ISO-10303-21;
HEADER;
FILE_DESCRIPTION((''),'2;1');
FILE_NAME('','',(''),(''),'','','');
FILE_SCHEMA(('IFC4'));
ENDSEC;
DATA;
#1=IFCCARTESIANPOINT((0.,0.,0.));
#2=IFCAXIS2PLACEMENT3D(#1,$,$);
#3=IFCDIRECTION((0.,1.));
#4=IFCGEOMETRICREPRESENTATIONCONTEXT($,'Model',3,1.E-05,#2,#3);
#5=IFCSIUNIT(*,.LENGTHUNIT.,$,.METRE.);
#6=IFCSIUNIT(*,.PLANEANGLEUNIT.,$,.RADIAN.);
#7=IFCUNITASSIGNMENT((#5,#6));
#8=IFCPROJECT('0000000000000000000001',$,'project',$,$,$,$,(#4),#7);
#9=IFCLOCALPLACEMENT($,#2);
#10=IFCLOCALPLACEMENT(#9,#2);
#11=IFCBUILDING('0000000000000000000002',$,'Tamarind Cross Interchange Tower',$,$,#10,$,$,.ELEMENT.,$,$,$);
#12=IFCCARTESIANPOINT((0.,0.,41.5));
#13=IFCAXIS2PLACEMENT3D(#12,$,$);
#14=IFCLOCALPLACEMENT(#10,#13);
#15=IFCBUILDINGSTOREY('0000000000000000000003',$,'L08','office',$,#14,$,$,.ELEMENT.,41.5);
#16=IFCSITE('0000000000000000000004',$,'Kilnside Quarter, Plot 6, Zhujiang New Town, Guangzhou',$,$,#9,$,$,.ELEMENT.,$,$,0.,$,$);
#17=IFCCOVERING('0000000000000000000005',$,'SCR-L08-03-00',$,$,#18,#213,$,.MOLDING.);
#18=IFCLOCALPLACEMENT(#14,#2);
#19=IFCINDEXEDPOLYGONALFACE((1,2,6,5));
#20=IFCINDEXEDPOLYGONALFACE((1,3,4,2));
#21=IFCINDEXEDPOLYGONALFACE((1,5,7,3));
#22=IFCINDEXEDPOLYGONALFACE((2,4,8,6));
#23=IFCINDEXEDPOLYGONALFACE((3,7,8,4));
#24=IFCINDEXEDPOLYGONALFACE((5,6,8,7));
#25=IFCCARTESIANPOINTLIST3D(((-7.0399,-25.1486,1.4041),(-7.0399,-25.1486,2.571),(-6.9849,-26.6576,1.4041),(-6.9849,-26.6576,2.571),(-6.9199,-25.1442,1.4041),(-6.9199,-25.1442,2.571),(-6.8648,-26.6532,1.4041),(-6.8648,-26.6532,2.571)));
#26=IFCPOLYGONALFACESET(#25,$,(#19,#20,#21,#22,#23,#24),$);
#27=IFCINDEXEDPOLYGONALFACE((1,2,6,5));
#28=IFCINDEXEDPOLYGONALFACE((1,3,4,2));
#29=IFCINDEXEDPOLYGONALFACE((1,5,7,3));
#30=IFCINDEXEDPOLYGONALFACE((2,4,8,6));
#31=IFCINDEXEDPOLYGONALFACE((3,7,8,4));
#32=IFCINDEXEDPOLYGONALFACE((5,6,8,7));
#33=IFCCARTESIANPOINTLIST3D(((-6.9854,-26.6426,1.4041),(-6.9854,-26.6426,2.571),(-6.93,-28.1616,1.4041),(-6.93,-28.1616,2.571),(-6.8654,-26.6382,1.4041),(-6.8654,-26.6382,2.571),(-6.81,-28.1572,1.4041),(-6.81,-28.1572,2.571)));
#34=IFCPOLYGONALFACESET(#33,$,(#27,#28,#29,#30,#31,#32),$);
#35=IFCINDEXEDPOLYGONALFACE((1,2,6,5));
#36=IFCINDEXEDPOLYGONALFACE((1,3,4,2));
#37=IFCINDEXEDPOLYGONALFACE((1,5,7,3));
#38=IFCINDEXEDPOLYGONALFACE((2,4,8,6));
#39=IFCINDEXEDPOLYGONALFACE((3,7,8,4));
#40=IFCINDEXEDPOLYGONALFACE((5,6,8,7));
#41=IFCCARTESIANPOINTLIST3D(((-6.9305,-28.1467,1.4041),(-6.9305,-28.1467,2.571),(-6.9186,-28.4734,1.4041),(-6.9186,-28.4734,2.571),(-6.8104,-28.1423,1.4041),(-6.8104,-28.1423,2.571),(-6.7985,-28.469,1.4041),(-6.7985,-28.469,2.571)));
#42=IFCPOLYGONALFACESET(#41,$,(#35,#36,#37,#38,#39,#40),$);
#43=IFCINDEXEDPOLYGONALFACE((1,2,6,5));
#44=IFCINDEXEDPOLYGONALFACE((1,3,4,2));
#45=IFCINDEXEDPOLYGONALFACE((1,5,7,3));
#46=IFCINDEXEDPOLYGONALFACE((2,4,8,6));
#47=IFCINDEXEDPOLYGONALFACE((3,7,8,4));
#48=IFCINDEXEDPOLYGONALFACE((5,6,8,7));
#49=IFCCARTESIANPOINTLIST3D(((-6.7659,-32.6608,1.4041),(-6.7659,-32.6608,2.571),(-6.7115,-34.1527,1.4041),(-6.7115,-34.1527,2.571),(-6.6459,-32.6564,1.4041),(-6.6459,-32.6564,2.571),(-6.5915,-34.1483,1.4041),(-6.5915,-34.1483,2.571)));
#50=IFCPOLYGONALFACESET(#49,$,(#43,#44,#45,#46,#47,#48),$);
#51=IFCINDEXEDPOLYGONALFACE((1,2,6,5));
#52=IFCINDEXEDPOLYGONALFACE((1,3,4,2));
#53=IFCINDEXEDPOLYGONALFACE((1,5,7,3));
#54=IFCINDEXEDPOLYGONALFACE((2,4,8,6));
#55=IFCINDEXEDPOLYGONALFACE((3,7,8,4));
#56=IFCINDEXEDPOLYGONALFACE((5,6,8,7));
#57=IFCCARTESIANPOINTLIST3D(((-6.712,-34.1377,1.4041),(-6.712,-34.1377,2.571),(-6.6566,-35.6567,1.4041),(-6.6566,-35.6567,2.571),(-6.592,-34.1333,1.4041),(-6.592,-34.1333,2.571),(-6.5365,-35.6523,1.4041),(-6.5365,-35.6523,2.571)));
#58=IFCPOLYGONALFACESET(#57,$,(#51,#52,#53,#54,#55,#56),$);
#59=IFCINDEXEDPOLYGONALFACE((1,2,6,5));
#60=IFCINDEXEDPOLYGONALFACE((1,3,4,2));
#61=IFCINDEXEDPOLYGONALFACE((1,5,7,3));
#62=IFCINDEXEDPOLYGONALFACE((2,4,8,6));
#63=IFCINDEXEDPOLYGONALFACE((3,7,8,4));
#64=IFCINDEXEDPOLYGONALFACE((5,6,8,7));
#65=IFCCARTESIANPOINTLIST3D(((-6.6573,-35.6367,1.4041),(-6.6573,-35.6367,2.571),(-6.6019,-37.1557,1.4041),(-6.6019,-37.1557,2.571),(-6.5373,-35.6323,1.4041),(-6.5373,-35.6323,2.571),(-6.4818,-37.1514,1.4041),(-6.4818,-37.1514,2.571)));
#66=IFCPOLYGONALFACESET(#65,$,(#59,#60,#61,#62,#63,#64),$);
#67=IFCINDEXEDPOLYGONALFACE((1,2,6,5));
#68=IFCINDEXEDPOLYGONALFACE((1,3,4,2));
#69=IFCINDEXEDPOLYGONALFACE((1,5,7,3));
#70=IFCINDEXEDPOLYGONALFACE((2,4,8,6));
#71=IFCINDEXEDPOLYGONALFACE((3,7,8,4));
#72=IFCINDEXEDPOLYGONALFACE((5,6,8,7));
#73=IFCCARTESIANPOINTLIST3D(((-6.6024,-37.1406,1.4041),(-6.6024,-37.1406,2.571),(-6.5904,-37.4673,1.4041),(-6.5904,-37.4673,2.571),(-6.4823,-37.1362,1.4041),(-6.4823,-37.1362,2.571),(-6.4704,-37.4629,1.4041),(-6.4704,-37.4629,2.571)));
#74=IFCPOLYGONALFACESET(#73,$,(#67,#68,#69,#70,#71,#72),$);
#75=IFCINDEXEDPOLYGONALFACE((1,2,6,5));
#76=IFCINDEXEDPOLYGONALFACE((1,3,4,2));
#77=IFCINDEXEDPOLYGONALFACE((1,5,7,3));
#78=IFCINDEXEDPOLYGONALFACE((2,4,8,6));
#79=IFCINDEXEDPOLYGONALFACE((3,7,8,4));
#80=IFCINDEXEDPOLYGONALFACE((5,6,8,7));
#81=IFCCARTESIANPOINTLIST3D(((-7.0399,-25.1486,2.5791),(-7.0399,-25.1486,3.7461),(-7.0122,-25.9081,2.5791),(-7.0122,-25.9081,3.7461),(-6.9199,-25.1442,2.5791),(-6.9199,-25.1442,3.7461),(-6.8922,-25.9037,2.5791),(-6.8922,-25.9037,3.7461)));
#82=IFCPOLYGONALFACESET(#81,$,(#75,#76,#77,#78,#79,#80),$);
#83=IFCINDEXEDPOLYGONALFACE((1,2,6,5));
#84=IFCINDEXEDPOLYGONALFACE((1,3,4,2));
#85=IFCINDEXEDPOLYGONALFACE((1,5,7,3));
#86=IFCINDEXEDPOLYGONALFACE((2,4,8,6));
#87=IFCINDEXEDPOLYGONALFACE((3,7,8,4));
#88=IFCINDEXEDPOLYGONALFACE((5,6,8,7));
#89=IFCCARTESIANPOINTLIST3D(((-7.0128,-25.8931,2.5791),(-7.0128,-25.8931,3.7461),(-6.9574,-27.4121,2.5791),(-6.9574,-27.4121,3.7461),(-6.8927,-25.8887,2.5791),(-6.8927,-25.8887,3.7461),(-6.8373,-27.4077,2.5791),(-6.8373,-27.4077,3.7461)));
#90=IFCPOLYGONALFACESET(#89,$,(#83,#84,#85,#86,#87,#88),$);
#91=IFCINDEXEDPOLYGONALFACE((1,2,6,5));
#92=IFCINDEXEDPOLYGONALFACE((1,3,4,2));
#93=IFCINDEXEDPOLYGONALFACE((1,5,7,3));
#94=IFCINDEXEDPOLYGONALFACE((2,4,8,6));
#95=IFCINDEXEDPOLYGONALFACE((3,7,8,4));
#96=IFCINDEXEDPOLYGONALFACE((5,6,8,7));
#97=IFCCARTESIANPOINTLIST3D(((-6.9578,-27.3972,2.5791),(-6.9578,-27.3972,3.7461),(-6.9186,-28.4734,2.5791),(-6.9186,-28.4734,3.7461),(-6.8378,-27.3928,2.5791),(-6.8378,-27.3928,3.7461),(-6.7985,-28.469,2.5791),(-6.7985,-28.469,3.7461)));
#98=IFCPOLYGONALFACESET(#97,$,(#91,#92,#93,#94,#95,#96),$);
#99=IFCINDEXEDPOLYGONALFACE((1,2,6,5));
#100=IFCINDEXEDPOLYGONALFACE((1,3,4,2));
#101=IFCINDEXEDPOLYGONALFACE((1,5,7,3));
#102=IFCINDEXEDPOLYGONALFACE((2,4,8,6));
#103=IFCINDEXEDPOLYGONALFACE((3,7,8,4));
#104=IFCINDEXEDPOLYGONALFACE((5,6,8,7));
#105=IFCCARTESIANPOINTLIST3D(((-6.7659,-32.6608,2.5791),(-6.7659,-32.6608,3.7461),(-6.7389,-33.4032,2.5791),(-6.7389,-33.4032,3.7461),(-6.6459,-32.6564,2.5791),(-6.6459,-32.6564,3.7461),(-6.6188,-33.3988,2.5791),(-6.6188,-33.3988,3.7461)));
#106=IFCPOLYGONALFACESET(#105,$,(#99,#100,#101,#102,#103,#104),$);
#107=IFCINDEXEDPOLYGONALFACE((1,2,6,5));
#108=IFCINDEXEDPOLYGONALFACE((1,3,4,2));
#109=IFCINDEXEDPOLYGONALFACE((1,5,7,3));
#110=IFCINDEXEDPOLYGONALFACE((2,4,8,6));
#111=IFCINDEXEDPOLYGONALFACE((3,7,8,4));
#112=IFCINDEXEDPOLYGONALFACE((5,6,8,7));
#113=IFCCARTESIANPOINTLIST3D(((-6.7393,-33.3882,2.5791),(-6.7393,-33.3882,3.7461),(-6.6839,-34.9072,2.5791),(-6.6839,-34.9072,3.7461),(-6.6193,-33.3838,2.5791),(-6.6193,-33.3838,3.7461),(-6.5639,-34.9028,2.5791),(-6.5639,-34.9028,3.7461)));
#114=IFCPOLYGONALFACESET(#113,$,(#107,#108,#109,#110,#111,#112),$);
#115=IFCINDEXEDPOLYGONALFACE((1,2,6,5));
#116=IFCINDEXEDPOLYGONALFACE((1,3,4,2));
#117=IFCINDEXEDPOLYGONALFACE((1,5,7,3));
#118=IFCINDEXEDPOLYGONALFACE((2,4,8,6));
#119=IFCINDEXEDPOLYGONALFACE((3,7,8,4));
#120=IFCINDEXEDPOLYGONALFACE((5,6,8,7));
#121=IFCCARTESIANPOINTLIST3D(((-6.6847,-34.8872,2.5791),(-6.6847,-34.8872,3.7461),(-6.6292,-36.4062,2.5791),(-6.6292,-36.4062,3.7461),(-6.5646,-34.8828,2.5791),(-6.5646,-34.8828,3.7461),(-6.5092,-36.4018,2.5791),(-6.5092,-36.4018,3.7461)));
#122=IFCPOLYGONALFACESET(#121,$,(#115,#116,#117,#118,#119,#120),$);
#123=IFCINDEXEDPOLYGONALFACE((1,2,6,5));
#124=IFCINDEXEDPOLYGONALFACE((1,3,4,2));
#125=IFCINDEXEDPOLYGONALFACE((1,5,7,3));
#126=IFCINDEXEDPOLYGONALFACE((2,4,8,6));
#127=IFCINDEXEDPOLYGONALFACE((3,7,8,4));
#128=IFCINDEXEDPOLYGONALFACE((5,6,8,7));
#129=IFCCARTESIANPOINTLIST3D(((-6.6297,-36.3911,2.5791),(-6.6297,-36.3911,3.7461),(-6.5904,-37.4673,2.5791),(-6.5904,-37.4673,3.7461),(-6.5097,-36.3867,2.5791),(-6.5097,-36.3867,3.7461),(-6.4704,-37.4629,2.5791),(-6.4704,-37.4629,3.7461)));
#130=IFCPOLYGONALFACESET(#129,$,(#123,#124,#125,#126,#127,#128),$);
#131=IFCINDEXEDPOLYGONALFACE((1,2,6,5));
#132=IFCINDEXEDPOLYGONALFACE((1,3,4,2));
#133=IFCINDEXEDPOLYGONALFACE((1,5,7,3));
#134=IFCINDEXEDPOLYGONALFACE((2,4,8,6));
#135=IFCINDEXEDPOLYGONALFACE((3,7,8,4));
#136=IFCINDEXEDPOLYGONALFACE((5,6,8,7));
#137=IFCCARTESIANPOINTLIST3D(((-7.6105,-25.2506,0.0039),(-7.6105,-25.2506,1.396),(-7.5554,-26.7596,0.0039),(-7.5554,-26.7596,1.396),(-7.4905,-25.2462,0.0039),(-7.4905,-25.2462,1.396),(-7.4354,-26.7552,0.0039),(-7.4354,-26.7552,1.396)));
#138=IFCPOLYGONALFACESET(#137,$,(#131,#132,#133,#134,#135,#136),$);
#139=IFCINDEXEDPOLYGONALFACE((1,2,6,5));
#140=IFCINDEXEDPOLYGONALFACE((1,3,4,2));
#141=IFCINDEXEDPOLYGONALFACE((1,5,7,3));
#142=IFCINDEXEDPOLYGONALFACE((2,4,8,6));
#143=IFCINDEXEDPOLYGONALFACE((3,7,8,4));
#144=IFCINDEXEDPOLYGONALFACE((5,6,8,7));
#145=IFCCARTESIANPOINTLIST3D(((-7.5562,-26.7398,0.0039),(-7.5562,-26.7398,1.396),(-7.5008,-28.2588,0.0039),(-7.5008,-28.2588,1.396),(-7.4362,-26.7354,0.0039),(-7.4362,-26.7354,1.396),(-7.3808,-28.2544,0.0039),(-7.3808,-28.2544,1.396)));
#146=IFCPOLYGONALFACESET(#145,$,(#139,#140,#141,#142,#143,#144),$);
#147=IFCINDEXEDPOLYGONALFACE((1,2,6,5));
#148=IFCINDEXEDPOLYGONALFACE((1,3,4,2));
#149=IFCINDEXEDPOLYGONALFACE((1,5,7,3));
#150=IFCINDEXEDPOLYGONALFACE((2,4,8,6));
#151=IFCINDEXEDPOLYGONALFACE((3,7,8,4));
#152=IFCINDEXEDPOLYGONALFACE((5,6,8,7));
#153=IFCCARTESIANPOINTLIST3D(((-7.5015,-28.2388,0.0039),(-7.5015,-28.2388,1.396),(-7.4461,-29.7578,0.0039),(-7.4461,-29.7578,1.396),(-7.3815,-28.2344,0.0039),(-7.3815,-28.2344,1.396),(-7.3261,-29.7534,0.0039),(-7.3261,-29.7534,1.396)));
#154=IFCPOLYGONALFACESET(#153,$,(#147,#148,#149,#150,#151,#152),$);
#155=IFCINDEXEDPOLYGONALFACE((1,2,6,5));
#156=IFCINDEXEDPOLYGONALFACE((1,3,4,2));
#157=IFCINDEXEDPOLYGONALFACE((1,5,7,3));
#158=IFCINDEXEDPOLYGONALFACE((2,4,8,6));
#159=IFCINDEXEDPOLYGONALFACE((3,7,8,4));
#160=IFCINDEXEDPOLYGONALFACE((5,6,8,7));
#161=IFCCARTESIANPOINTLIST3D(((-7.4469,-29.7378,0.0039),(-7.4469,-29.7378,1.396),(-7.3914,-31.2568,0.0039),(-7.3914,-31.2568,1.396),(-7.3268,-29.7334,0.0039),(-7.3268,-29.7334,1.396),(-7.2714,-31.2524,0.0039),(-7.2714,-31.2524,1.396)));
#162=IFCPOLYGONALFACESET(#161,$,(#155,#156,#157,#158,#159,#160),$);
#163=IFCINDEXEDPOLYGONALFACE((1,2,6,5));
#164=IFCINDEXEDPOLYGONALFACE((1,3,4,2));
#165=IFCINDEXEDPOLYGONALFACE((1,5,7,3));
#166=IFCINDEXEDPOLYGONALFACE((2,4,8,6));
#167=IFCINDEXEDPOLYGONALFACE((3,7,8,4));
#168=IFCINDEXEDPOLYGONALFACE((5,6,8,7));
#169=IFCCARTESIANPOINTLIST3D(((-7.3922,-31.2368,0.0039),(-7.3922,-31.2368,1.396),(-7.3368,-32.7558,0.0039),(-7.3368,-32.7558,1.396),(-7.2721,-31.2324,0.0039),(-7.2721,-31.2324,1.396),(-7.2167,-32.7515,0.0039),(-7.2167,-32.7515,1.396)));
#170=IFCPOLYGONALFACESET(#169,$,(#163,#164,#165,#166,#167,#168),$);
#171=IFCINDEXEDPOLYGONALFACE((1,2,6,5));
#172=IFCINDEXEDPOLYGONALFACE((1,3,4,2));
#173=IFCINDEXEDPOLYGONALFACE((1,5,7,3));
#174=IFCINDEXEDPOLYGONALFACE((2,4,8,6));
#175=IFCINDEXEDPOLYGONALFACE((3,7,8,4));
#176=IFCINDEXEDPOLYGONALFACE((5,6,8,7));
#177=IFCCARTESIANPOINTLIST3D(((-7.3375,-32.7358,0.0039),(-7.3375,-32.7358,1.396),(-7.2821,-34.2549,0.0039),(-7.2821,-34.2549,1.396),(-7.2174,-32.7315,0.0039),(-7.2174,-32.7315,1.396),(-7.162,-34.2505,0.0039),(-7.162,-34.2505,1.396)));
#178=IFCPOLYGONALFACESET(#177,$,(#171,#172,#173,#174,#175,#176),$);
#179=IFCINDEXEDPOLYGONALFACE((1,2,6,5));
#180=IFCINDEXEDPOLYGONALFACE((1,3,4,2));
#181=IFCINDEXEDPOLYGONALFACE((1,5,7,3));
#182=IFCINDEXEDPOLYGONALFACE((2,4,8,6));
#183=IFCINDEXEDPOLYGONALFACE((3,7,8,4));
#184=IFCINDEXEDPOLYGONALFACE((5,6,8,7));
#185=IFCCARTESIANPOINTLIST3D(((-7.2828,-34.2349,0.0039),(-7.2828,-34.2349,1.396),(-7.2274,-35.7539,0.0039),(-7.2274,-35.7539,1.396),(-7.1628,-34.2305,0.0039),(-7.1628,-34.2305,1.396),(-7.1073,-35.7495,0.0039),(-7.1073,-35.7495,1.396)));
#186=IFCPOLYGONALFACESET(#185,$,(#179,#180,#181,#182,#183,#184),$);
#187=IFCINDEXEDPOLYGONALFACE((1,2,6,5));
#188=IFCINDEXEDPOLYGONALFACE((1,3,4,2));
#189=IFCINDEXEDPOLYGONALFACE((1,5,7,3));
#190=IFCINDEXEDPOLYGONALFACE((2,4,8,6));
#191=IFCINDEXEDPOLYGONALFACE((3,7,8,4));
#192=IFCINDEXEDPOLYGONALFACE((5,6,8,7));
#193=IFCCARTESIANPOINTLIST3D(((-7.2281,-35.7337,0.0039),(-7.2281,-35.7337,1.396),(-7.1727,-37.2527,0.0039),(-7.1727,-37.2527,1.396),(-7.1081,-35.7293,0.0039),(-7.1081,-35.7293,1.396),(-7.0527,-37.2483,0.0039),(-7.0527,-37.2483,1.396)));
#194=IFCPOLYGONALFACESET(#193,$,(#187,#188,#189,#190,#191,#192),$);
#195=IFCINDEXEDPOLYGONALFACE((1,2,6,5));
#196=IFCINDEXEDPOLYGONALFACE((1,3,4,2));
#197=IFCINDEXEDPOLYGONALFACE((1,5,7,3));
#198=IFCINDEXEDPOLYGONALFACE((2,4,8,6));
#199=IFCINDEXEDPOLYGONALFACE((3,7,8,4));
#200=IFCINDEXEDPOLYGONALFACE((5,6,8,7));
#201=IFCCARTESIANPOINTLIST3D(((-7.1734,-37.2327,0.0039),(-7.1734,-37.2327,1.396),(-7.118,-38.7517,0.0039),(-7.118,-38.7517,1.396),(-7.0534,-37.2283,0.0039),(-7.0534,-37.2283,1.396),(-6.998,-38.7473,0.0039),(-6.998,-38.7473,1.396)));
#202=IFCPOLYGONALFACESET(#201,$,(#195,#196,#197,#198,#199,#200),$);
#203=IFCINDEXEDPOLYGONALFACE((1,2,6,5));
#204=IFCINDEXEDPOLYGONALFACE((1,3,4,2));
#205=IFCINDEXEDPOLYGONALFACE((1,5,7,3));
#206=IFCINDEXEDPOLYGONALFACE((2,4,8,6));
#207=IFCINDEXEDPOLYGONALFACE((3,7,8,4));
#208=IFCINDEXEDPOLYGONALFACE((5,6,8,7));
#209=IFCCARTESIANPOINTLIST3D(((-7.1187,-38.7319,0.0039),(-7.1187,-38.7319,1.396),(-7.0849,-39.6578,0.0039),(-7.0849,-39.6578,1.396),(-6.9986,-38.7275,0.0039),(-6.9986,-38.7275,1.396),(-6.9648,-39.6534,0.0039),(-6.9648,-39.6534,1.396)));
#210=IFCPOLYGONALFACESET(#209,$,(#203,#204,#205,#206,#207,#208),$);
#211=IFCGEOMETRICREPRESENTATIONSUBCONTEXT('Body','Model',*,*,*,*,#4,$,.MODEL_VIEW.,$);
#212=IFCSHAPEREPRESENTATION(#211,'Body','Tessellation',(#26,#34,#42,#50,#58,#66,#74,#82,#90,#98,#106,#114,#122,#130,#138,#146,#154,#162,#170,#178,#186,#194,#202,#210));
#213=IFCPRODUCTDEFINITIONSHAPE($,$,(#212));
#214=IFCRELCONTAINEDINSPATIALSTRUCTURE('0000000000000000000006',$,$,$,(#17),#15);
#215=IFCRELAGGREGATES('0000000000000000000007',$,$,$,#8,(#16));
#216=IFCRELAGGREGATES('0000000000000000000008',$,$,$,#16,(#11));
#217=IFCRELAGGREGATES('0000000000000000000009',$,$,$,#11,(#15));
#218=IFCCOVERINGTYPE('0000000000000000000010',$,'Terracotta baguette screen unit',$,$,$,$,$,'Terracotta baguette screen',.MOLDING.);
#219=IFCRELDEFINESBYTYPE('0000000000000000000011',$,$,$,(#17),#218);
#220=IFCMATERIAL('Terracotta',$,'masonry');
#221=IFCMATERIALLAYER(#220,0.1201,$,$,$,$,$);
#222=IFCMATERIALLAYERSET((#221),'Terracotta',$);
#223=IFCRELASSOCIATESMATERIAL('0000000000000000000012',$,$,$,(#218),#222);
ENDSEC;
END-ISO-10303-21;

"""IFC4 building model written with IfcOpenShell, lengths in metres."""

from ifc_helpers import new_model, si_unit, direction, frame, origin, origin_2d, place, context, subcontext, project, spatial, rectangle, extrude, material, layer, layer_set, type_object, element, save


model = new_model("IFC4")

# Units and contexts
model_context = context("Model", 3, precision=1e-05, world=origin(), true_north=direction((0.0, 1.0)))
body_context = subcontext(model_context, "Body", "Model", "MODEL_VIEW")
ifc_project = project(units=[si_unit("LENGTHUNIT", "METRE"), si_unit("PLANEANGLEUNIT", "RADIAN")], contexts=[model_context])

# Site, building, storey
site_placement = place(None, origin())
site = spatial("IfcSite", under=ifc_project, at=site_placement, Name="Kilnside Quarter, Plot 6, Zhujiang New Town, Guangzhou", CompositionType="ELEMENT", RefElevation=0.0)
building_placement = place(site_placement, origin())
building = spatial("IfcBuilding", under=site, at=building_placement, Name="Tamarind Cross Interchange Tower", CompositionType="ELEMENT")
storey_placement = place(building_placement, frame((0.0, 0.0, 41.5)))
storey = spatial("IfcBuildingStorey", under=building, at=storey_placement, Name="L08", Description="office", CompositionType="ELEMENT", Elevation=41.5)

# Covering
ifc_material_1 = material(Name="Terracotta", Category="masonry")
ifc_layer_1 = layer(ifc_material_1, 0.1201)
ifc_layer_set_1 = layer_set([ifc_layer_1], Name="Terracotta")
covering_type = type_object("IfcCoveringType", Name="Terracotta baguette screen unit", ElementType="Terracotta baguette screen", PredefinedType="MOLDING", material=ifc_layer_set_1)
covering_1_placement = place(storey_placement, origin())
element("IfcCovering", 1, at=covering_1_placement, inside=storey, type_object=covering_type, Name="SCR-L08-03-00", PredefinedType="MOLDING", context=body_context, shape_type="SweptSolid", body=[
    extrude(rectangle(XDim=1.51, YDim=0.1201, at=origin_2d()), frame((-6.9524, -25.9009, 1.4041), z_axis=(0.0, 0.0, 1.0), x_axis=(0.036462, -0.999335, 0.0)), (0.0, 0.0, 1.0), 1.167),
    extrude(rectangle(XDim=1.52, YDim=0.1201, at=origin_2d()), frame((-6.8977, -27.3999, 1.4041), z_axis=(0.0, 0.0, 1.0), x_axis=(0.036462, -0.999335, 0.0)), (0.0, 0.0, 1.0), 1.167),
    extrude(rectangle(XDim=0.3269, YDim=0.1201, at=origin_2d()), frame((-6.8645, -28.3079, 1.4041), z_axis=(0.0, 0.0, 1.0), x_axis=(0.036462, -0.999335, 0.0)), (0.0, 0.0, 1.0), 1.167),
    extrude(rectangle(XDim=1.4929, YDim=0.1201, at=origin_2d()), frame((-6.6787, -33.4045, 1.4041), z_axis=(0.0, 0.0, 1.0), x_axis=(0.036462, -0.999335, 0.0)), (0.0, 0.0, 1.0), 1.167),
    extrude(rectangle(XDim=1.52, YDim=0.1201, at=origin_2d()), frame((-6.6243, -34.895, 1.4041), z_axis=(0.0, 0.0, 1.0), x_axis=(0.036462, -0.999335, 0.0)), (0.0, 0.0, 1.0), 1.167),
    extrude(rectangle(XDim=1.52, YDim=0.1201, at=origin_2d()), frame((-6.5696, -36.394, 1.4041), z_axis=(0.0, 0.0, 1.0), x_axis=(0.036462, -0.999335, 0.0)), (0.0, 0.0, 1.0), 1.167),
    extrude(rectangle(XDim=0.3269, YDim=0.1201, at=origin_2d()), frame((-6.5364, -37.3018, 1.4041), z_axis=(0.0, 0.0, 1.0), x_axis=(0.036462, -0.999335, 0.0)), (0.0, 0.0, 1.0), 1.167),
    extrude(rectangle(XDim=0.76, YDim=0.1201, at=origin_2d()), frame((-6.9661, -25.5261, 2.5791), z_axis=(0.0, 0.0, 1.0), x_axis=(0.036462, -0.999335, 0.0)), (0.0, 0.0, 1.0), 1.167),
    extrude(rectangle(XDim=1.52, YDim=0.1201, at=origin_2d()), frame((-6.925, -26.6504, 2.5791), z_axis=(0.0, 0.0, 1.0), x_axis=(0.036462, -0.999335, 0.0)), (0.0, 0.0, 1.0), 1.167),
    extrude(rectangle(XDim=1.0769, YDim=0.1201, at=origin_2d()), frame((-6.8782, -27.9331, 2.5791), z_axis=(0.0, 0.0, 1.0), x_axis=(0.036462, -0.999335, 0.0)), (0.0, 0.0, 1.0), 1.167),
    extrude(rectangle(XDim=0.7429, YDim=0.1201, at=origin_2d()), frame((-6.6924, -33.0298, 2.5791), z_axis=(0.0, 0.0, 1.0), x_axis=(0.036462, -0.999335, 0.0)), (0.0, 0.0, 1.0), 1.167),
    extrude(rectangle(XDim=1.52, YDim=0.1201, at=origin_2d()), frame((-6.6516, -34.1455, 2.5791), z_axis=(0.0, 0.0, 1.0), x_axis=(0.036462, -0.999335, 0.0)), (0.0, 0.0, 1.0), 1.167),
    extrude(rectangle(XDim=1.52, YDim=0.1201, at=origin_2d()), frame((-6.5969, -35.6445, 2.5791), z_axis=(0.0, 0.0, 1.0), x_axis=(0.036462, -0.999335, 0.0)), (0.0, 0.0, 1.0), 1.167),
    extrude(rectangle(XDim=1.0769, YDim=0.1201, at=origin_2d()), frame((-6.55, -36.927, 2.5791), z_axis=(0.0, 0.0, 1.0), x_axis=(0.036462, -0.999335, 0.0)), (0.0, 0.0, 1.0), 1.167),
    extrude(rectangle(XDim=1.51, YDim=0.1201, at=origin_2d()), frame((-7.5229, -26.0029, 0.0039), z_axis=(0.0, 0.0, 1.0), x_axis=(0.036462, -0.999335, 0.0)), (0.0, 0.0, 1.0), 1.3921),
    extrude(rectangle(XDim=1.52, YDim=0.1201, at=origin_2d()), frame((-7.4685, -27.4971, 0.0039), z_axis=(0.0, 0.0, 1.0), x_axis=(0.036462, -0.999335, 0.0)), (0.0, 0.0, 1.0), 1.3921),
    extrude(rectangle(XDim=1.52, YDim=0.1201, at=origin_2d()), frame((-7.4138, -28.9961, 0.0039), z_axis=(0.0, 0.0, 1.0), x_axis=(0.036462, -0.999335, 0.0)), (0.0, 0.0, 1.0), 1.3921),
    extrude(rectangle(XDim=1.52, YDim=0.1201, at=origin_2d()), frame((-7.3591, -30.4951, 0.0039), z_axis=(0.0, 0.0, 1.0), x_axis=(0.036462, -0.999335, 0.0)), (0.0, 0.0, 1.0), 1.3921),
    extrude(rectangle(XDim=1.52, YDim=0.1201, at=origin_2d()), frame((-7.3044, -31.9941, 0.0039), z_axis=(0.0, 0.0, 1.0), x_axis=(0.036462, -0.999335, 0.0)), (0.0, 0.0, 1.0), 1.3921),
    extrude(rectangle(XDim=1.52, YDim=0.1201, at=origin_2d()), frame((-7.2498, -33.4932, 0.0039), z_axis=(0.0, 0.0, 1.0), x_axis=(0.036462, -0.999335, 0.0)), (0.0, 0.0, 1.0), 1.3921),
    extrude(rectangle(XDim=1.52, YDim=0.1201, at=origin_2d()), frame((-7.1951, -34.9922, 0.0039), z_axis=(0.0, 0.0, 1.0), x_axis=(0.036462, -0.999335, 0.0)), (0.0, 0.0, 1.0), 1.3921),
    extrude(rectangle(XDim=1.52, YDim=0.1201, at=origin_2d()), frame((-7.1404, -36.491, 0.0039), z_axis=(0.0, 0.0, 1.0), x_axis=(0.036462, -0.999335, 0.0)), (0.0, 0.0, 1.0), 1.3921),
    extrude(rectangle(XDim=1.52, YDim=0.1201, at=origin_2d()), frame((-7.0857, -37.99, 0.0039), z_axis=(0.0, 0.0, 1.0), x_axis=(0.036462, -0.999335, 0.0)), (0.0, 0.0, 1.0), 1.3921),
    extrude(rectangle(XDim=0.9265, YDim=0.1201, at=origin_2d()), frame((-7.0417, -39.1926, 0.0039), z_axis=(0.0, 0.0, 1.0), x_axis=(0.036462, -0.999335, 0.0)), (0.0, 0.0, 1.0), 1.3921),
])

save(model, "model.ifc")
